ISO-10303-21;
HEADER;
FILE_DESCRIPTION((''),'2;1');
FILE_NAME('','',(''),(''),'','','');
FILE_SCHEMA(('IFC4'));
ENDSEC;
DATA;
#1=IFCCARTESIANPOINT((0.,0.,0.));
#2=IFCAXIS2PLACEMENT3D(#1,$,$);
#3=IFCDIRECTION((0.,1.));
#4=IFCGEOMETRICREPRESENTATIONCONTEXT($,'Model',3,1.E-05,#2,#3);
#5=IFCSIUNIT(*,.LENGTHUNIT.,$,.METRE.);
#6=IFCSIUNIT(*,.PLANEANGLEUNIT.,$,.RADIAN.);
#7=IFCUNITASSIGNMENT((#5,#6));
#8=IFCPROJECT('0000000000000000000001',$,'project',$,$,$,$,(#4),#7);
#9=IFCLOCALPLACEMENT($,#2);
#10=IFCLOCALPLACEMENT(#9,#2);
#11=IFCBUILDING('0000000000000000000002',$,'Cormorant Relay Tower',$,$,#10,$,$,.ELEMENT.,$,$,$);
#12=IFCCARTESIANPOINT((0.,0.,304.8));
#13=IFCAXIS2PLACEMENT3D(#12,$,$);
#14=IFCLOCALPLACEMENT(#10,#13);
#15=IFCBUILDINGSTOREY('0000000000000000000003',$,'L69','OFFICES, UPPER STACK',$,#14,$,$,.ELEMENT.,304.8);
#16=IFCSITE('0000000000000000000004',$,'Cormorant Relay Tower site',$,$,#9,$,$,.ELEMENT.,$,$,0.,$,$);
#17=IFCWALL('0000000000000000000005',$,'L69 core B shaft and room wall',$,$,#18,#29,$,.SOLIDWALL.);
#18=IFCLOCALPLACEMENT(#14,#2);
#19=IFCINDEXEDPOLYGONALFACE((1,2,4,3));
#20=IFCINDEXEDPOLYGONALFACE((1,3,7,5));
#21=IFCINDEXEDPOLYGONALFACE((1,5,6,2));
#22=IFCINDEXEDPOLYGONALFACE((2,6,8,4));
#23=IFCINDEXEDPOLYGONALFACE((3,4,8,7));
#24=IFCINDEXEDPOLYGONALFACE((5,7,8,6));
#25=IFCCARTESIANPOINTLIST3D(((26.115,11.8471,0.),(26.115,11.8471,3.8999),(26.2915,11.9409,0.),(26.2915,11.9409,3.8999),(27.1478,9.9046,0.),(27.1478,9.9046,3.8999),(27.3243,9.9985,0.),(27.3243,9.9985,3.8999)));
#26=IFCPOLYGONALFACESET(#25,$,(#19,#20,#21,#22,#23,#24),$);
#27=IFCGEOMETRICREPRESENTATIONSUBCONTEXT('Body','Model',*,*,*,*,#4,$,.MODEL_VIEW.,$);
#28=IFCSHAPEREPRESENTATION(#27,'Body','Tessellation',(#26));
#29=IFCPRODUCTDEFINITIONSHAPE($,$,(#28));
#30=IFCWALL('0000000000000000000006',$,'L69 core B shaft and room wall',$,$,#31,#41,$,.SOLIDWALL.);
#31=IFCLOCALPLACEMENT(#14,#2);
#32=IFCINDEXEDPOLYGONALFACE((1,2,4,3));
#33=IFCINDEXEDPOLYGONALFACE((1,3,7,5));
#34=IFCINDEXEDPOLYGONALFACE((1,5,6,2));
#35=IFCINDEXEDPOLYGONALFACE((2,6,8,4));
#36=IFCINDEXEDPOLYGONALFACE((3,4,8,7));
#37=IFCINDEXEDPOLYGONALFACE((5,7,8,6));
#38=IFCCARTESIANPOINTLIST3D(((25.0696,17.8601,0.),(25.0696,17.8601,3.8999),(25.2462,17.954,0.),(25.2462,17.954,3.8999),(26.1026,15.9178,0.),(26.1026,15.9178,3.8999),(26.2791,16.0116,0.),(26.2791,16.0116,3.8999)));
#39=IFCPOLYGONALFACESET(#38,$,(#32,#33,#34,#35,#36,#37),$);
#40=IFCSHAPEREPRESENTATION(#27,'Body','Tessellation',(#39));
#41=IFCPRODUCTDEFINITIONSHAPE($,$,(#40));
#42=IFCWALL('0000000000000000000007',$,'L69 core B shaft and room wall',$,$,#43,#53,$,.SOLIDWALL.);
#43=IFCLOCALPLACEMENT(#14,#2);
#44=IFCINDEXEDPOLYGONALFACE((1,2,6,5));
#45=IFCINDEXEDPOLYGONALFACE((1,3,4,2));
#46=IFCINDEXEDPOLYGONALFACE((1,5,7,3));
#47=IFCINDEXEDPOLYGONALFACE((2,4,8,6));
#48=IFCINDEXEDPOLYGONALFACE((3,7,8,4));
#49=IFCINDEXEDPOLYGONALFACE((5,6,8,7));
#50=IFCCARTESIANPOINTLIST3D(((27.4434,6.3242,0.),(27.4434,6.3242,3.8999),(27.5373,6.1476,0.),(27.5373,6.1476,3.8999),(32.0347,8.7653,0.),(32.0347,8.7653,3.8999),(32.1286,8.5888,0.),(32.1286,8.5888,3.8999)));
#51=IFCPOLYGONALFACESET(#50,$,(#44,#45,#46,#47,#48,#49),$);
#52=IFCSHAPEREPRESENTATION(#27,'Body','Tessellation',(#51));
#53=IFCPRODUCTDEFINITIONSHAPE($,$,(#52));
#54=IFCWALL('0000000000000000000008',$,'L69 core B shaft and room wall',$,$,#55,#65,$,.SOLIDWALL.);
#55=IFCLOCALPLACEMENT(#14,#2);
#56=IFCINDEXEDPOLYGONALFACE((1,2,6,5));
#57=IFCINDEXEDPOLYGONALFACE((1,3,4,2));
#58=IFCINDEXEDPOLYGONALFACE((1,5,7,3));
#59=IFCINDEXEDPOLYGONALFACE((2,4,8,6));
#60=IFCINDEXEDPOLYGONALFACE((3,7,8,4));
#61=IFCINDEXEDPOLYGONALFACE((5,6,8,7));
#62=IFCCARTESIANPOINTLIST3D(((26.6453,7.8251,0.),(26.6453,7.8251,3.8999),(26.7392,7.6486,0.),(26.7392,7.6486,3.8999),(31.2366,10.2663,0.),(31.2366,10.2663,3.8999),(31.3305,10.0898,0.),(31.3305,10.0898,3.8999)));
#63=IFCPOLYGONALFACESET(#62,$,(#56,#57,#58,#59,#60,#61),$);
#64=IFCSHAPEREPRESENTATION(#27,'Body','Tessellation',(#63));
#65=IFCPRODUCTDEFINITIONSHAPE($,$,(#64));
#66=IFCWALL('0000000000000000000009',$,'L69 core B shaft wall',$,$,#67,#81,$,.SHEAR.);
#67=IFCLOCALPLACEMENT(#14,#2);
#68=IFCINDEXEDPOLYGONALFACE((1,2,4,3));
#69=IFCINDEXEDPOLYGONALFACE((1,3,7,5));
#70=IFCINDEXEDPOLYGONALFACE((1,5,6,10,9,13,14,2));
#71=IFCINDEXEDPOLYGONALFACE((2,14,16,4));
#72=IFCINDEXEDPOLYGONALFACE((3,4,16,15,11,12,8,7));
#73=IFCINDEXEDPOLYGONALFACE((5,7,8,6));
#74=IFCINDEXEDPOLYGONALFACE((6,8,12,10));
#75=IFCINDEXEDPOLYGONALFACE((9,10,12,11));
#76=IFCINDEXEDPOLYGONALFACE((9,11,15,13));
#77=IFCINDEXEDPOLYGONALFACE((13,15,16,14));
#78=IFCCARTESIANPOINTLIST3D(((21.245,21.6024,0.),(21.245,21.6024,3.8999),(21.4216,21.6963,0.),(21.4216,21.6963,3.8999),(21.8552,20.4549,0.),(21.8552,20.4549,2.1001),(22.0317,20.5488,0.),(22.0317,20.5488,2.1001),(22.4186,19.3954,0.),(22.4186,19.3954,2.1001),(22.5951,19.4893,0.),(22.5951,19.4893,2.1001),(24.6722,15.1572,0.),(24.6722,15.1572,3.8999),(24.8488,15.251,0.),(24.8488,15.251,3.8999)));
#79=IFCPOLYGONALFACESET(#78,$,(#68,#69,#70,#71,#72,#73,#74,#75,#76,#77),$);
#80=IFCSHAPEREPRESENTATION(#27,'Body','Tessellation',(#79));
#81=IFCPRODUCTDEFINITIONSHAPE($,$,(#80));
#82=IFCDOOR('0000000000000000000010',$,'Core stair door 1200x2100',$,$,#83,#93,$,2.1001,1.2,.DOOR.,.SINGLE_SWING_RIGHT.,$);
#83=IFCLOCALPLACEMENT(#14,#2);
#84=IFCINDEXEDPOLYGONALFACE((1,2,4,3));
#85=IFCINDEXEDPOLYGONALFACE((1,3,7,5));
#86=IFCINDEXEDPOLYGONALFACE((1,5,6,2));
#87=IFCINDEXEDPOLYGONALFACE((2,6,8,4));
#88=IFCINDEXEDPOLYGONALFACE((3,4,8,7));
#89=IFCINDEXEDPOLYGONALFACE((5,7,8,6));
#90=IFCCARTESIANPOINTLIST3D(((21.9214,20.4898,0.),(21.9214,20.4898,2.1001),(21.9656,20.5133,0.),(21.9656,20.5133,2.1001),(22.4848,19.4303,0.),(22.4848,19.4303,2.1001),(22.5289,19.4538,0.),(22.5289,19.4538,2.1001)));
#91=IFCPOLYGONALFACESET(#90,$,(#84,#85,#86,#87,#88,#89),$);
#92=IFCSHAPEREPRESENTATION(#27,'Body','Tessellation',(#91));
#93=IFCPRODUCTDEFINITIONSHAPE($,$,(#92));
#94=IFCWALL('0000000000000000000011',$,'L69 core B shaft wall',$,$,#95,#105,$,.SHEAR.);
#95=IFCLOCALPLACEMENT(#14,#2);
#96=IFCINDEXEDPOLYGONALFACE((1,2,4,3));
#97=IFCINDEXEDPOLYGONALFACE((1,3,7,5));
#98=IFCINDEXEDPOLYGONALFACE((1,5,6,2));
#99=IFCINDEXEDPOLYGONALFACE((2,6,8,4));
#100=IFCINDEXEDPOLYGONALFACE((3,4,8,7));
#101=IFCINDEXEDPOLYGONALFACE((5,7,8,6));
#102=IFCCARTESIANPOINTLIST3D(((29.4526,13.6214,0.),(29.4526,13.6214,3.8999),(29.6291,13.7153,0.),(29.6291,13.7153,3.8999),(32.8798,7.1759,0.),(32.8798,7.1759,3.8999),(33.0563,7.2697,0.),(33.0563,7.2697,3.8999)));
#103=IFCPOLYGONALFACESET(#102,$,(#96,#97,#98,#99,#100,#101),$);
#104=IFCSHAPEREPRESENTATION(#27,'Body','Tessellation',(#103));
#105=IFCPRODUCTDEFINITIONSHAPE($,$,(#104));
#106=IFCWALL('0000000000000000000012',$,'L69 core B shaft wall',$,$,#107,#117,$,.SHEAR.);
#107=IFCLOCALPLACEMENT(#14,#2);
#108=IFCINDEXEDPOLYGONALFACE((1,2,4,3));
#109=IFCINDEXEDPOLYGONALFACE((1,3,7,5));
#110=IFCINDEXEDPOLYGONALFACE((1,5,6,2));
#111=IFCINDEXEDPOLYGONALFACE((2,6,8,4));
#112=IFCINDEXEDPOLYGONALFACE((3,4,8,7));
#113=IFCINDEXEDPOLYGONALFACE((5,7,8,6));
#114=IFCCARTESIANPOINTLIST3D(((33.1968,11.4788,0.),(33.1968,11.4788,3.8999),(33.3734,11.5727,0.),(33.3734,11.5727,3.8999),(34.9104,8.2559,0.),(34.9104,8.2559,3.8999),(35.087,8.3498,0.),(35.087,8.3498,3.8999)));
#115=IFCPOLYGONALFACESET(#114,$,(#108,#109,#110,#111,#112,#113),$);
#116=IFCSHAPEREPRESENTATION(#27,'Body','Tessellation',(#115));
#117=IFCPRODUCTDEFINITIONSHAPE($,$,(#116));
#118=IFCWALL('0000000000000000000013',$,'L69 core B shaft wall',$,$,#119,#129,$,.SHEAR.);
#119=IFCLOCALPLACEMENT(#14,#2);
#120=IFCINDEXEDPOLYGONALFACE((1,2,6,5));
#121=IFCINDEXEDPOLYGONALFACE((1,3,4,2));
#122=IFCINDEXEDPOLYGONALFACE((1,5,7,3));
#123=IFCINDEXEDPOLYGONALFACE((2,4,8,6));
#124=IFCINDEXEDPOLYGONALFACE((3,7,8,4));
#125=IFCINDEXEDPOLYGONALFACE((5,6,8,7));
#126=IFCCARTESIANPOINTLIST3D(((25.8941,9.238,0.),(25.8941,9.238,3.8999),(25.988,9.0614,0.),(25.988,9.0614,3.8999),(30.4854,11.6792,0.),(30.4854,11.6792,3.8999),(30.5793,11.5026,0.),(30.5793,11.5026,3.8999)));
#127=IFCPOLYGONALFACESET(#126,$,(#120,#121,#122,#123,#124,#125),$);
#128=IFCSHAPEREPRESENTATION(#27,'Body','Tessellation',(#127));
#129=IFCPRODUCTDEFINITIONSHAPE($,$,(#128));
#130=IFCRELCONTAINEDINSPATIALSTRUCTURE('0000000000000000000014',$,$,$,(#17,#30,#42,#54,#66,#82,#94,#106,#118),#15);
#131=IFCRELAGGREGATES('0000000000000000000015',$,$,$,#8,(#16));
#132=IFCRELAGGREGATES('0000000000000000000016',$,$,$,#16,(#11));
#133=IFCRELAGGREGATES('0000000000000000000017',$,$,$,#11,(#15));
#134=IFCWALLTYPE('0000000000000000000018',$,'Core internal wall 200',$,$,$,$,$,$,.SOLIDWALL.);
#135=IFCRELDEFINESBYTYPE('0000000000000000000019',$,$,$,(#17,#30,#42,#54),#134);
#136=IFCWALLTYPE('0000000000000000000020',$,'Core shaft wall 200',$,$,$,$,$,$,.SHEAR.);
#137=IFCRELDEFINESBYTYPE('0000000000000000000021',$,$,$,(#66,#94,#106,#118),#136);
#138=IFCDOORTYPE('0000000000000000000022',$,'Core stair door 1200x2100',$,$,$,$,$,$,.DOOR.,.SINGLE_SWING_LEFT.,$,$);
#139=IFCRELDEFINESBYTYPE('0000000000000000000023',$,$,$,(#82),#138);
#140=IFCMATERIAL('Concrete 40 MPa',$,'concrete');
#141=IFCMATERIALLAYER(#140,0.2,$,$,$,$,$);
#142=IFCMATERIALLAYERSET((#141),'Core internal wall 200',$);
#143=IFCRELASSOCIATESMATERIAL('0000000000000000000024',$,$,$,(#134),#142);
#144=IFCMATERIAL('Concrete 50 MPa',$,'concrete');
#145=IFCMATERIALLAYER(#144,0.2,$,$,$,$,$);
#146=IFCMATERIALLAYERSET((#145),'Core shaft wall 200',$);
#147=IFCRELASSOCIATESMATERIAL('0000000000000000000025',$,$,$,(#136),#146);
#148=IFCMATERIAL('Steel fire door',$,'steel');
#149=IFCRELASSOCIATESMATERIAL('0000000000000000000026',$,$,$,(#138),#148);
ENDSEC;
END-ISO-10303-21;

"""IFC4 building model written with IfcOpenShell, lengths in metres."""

from ifc_helpers import new_model, si_unit, direction, frame, frame_2d, origin, place, context, subcontext, project, spatial, rectangle, extrude, material, layer, layer_set, type_object, element, fill, save


model = new_model("IFC4")

# Units and contexts
model_context = context("Model", 3, precision=1e-05, world=origin(), true_north=direction((0.0, 1.0)))
body_context = subcontext(model_context, "Body", "Model", "MODEL_VIEW")
ifc_project = project(units=[si_unit("LENGTHUNIT", "METRE"), si_unit("PLANEANGLEUNIT", "RADIAN")], contexts=[model_context])

# Site, building, storey
site_placement = place(None, origin())
site = spatial("IfcSite", under=ifc_project, at=site_placement, Name="Cormorant Relay Tower site", CompositionType="ELEMENT", RefElevation=0.0)
building_placement = place(site_placement, origin())
building = spatial("IfcBuilding", under=site, at=building_placement, Name="Cormorant Relay Tower", CompositionType="ELEMENT")
storey_placement = place(building_placement, frame((0.0, 0.0, 304.8)))
storey = spatial("IfcBuildingStorey", under=building, at=storey_placement, Name="L69", Description="OFFICES, UPPER STACK", CompositionType="ELEMENT", Elevation=304.8)

# Walls
ifc_material_1 = material(Name="Concrete 40 MPa", Category="concrete")
ifc_layer_1 = layer(ifc_material_1, 0.2)
ifc_layer_set_1 = layer_set([ifc_layer_1], Name="Core internal wall 200")
wall_type_1 = type_object("IfcWallType", Name="Core internal wall 200", PredefinedType="SOLIDWALL", material=ifc_layer_set_1)
for number, where, z_axis, x_axis, name in (
    (1, (27.2361, 9.9514, 0.0), (0.0, 0.0, 1.0), (-0.469447, 0.88296, 0.0), "L69 core B shaft and room wall"),
    (2, (26.1909, 15.9646, 0.0), (0.0, 0.0, 1.0), (-0.469534, 0.882914, 0.0), "L69 core B shaft and room wall"),
):
    element("IfcWall", number, at=place(storey_placement, frame(where, z_axis=z_axis, x_axis=x_axis)), inside=storey, type_object=wall_type_1, Name=name, PredefinedType="SOLIDWALL", context=body_context, shape_type="SweptSolid", body=[
        extrude(rectangle(XDim=2.2, YDim=0.2, at=frame_2d((1.1001, 0.0))), origin(), (0.0, 0.0, 1.0), 3.8999),
    ])
for number, where, z_axis, x_axis, name in (
    (3, (27.4902, 6.2358, 0.0), (0.0, 0.0, 1.0), (0.882954, 0.46946, 0.0), "L69 core B shaft and room wall"),
    (4, (26.6921, 7.7368, 0.0), (0.0, 0.0, 1.0), (0.882954, 0.46946, 0.0), "L69 core B shaft and room wall"),
):
    element("IfcWall", number, at=place(storey_placement, frame(where, z_axis=z_axis, x_axis=x_axis)), inside=storey, type_object=wall_type_1, Name=name, PredefinedType="SOLIDWALL", context=body_context, shape_type="SweptSolid", body=[
        extrude(rectangle(XDim=5.2, YDim=0.2, at=frame_2d((2.6001, 0.0))), origin(), (0.0, 0.0, 1.0), 3.8999),
    ])

# Wall, opening, door
ifc_material_2 = material(Name="Concrete 50 MPa", Category="concrete")
ifc_layer_2 = layer(ifc_material_2, 0.2)
ifc_layer_set_2 = layer_set([ifc_layer_2], Name="Core shaft wall 200")
wall_type_2 = type_object("IfcWallType", Name="Core shaft wall 200", PredefinedType="SHEAR", material=ifc_layer_set_2)
wall_1_placement = place(storey_placement, frame((24.7605, 15.2041, 0.0), z_axis=(0.0, 0.0, 1.0), x_axis=(-0.469494, 0.882936, 0.0)))
wall_1 = element("IfcWall", 5, at=wall_1_placement, inside=storey, type_object=wall_type_2, Name="L69 core B shaft wall", PredefinedType="SHEAR", context=body_context, shape_type="SweptSolid", body=[
    extrude(rectangle(XDim=7.2998, YDim=0.2, at=frame_2d((3.6499, 0.0))), origin(), (0.0, 0.0, 1.0), 3.8999),
])
opening_1_placement = place(wall_1_placement, frame((4.8, 0.0, 0.0)))
opening_1 = element("IfcOpeningElement", 6, at=opening_1_placement, cuts=wall_1, PredefinedType="OPENING", context=body_context, shape_type="SweptSolid", body=[
    extrude(rectangle(XDim=1.2, YDim=2.1001, at=frame_2d((0.6001, 1.05))), frame((0.0, 0.1099, 0.0), z_axis=(0.0, -1.0, 0.0), x_axis=(1.0, 0.0, 0.0)), (0.0, 0.0, 1.0), 0.22),
])
ifc_material_3 = material(Name="Steel fire door", Category="steel")
door_type_1 = type_object("IfcDoorType", Name="Core stair door 1200x2100", OperationType="SINGLE_SWING_LEFT", PredefinedType="DOOR", material=ifc_material_3)
door_1_placement = place(opening_1_placement, frame((1.2, 0.0, 0.0), z_axis=(0.0, 0.0, 1.0), x_axis=(-1.0, 0.0, 0.0)))
door_1 = element("IfcDoor", 7, at=door_1_placement, inside=storey, type_object=door_type_1, Name="Core stair door 1200x2100", OperationType="SINGLE_SWING_RIGHT", OverallHeight=2.1001, OverallWidth=1.2, PredefinedType="DOOR", context=body_context, shape_type="SweptSolid", body=[
    extrude(rectangle(XDim=1.2, YDim=2.1001, at=frame_2d((0.6001, 1.05))), frame((0.0, 0.0249, 0.0), z_axis=(0.0, -1.0, 0.0), x_axis=(1.0, 0.0, 0.0)), (0.0, 0.0, 1.0), 0.05),
])
fill(opening_1, door_1)

# Walls
wall_2_placement = place(storey_placement, frame((32.968, 7.2229, 0.0), z_axis=(0.0, 0.0, 1.0), x_axis=(-0.46948, 0.882943, 0.0)))
element("IfcWall", 8, at=wall_2_placement, inside=storey, type_object=wall_type_2, Name="L69 core B shaft wall", PredefinedType="SHEAR", context=body_context, shape_type="SweptSolid", body=[
    extrude(rectangle(XDim=7.3, YDim=0.2, at=frame_2d((3.6499, 0.0))), origin(), (0.0, 0.0, 1.0), 3.8999),
])
wall_3_placement = place(storey_placement, frame((34.9988, 8.3027, 0.0), z_axis=(0.0, 0.0, 1.0), x_axis=(-0.469467, 0.88295, 0.0)))
element("IfcWall", 9, at=wall_3_placement, inside=storey, type_object=wall_type_2, Name="L69 core B shaft wall", PredefinedType="SHEAR", context=body_context, shape_type="SweptSolid", body=[
    extrude(rectangle(XDim=3.6501, YDim=0.2, at=frame_2d((1.8252, 0.0))), origin(), (0.0, 0.0, 1.0), 3.8999),
])

# Wall
wall_4_placement = place(storey_placement, frame((25.9409, 9.1497, 0.0), z_axis=(0.0, 0.0, 1.0), x_axis=(0.882954, 0.46946, 0.0)))
element("IfcWall", 10, at=wall_4_placement, inside=storey, type_object=wall_type_2, Name="L69 core B shaft wall", PredefinedType="SHEAR", context=body_context, shape_type="SweptSolid", body=[
    extrude(rectangle(XDim=5.2, YDim=0.2, at=frame_2d((2.6001, 0.0))), origin(), (0.0, 0.0, 1.0), 3.8999),
])

save(model, "model.ifc")
